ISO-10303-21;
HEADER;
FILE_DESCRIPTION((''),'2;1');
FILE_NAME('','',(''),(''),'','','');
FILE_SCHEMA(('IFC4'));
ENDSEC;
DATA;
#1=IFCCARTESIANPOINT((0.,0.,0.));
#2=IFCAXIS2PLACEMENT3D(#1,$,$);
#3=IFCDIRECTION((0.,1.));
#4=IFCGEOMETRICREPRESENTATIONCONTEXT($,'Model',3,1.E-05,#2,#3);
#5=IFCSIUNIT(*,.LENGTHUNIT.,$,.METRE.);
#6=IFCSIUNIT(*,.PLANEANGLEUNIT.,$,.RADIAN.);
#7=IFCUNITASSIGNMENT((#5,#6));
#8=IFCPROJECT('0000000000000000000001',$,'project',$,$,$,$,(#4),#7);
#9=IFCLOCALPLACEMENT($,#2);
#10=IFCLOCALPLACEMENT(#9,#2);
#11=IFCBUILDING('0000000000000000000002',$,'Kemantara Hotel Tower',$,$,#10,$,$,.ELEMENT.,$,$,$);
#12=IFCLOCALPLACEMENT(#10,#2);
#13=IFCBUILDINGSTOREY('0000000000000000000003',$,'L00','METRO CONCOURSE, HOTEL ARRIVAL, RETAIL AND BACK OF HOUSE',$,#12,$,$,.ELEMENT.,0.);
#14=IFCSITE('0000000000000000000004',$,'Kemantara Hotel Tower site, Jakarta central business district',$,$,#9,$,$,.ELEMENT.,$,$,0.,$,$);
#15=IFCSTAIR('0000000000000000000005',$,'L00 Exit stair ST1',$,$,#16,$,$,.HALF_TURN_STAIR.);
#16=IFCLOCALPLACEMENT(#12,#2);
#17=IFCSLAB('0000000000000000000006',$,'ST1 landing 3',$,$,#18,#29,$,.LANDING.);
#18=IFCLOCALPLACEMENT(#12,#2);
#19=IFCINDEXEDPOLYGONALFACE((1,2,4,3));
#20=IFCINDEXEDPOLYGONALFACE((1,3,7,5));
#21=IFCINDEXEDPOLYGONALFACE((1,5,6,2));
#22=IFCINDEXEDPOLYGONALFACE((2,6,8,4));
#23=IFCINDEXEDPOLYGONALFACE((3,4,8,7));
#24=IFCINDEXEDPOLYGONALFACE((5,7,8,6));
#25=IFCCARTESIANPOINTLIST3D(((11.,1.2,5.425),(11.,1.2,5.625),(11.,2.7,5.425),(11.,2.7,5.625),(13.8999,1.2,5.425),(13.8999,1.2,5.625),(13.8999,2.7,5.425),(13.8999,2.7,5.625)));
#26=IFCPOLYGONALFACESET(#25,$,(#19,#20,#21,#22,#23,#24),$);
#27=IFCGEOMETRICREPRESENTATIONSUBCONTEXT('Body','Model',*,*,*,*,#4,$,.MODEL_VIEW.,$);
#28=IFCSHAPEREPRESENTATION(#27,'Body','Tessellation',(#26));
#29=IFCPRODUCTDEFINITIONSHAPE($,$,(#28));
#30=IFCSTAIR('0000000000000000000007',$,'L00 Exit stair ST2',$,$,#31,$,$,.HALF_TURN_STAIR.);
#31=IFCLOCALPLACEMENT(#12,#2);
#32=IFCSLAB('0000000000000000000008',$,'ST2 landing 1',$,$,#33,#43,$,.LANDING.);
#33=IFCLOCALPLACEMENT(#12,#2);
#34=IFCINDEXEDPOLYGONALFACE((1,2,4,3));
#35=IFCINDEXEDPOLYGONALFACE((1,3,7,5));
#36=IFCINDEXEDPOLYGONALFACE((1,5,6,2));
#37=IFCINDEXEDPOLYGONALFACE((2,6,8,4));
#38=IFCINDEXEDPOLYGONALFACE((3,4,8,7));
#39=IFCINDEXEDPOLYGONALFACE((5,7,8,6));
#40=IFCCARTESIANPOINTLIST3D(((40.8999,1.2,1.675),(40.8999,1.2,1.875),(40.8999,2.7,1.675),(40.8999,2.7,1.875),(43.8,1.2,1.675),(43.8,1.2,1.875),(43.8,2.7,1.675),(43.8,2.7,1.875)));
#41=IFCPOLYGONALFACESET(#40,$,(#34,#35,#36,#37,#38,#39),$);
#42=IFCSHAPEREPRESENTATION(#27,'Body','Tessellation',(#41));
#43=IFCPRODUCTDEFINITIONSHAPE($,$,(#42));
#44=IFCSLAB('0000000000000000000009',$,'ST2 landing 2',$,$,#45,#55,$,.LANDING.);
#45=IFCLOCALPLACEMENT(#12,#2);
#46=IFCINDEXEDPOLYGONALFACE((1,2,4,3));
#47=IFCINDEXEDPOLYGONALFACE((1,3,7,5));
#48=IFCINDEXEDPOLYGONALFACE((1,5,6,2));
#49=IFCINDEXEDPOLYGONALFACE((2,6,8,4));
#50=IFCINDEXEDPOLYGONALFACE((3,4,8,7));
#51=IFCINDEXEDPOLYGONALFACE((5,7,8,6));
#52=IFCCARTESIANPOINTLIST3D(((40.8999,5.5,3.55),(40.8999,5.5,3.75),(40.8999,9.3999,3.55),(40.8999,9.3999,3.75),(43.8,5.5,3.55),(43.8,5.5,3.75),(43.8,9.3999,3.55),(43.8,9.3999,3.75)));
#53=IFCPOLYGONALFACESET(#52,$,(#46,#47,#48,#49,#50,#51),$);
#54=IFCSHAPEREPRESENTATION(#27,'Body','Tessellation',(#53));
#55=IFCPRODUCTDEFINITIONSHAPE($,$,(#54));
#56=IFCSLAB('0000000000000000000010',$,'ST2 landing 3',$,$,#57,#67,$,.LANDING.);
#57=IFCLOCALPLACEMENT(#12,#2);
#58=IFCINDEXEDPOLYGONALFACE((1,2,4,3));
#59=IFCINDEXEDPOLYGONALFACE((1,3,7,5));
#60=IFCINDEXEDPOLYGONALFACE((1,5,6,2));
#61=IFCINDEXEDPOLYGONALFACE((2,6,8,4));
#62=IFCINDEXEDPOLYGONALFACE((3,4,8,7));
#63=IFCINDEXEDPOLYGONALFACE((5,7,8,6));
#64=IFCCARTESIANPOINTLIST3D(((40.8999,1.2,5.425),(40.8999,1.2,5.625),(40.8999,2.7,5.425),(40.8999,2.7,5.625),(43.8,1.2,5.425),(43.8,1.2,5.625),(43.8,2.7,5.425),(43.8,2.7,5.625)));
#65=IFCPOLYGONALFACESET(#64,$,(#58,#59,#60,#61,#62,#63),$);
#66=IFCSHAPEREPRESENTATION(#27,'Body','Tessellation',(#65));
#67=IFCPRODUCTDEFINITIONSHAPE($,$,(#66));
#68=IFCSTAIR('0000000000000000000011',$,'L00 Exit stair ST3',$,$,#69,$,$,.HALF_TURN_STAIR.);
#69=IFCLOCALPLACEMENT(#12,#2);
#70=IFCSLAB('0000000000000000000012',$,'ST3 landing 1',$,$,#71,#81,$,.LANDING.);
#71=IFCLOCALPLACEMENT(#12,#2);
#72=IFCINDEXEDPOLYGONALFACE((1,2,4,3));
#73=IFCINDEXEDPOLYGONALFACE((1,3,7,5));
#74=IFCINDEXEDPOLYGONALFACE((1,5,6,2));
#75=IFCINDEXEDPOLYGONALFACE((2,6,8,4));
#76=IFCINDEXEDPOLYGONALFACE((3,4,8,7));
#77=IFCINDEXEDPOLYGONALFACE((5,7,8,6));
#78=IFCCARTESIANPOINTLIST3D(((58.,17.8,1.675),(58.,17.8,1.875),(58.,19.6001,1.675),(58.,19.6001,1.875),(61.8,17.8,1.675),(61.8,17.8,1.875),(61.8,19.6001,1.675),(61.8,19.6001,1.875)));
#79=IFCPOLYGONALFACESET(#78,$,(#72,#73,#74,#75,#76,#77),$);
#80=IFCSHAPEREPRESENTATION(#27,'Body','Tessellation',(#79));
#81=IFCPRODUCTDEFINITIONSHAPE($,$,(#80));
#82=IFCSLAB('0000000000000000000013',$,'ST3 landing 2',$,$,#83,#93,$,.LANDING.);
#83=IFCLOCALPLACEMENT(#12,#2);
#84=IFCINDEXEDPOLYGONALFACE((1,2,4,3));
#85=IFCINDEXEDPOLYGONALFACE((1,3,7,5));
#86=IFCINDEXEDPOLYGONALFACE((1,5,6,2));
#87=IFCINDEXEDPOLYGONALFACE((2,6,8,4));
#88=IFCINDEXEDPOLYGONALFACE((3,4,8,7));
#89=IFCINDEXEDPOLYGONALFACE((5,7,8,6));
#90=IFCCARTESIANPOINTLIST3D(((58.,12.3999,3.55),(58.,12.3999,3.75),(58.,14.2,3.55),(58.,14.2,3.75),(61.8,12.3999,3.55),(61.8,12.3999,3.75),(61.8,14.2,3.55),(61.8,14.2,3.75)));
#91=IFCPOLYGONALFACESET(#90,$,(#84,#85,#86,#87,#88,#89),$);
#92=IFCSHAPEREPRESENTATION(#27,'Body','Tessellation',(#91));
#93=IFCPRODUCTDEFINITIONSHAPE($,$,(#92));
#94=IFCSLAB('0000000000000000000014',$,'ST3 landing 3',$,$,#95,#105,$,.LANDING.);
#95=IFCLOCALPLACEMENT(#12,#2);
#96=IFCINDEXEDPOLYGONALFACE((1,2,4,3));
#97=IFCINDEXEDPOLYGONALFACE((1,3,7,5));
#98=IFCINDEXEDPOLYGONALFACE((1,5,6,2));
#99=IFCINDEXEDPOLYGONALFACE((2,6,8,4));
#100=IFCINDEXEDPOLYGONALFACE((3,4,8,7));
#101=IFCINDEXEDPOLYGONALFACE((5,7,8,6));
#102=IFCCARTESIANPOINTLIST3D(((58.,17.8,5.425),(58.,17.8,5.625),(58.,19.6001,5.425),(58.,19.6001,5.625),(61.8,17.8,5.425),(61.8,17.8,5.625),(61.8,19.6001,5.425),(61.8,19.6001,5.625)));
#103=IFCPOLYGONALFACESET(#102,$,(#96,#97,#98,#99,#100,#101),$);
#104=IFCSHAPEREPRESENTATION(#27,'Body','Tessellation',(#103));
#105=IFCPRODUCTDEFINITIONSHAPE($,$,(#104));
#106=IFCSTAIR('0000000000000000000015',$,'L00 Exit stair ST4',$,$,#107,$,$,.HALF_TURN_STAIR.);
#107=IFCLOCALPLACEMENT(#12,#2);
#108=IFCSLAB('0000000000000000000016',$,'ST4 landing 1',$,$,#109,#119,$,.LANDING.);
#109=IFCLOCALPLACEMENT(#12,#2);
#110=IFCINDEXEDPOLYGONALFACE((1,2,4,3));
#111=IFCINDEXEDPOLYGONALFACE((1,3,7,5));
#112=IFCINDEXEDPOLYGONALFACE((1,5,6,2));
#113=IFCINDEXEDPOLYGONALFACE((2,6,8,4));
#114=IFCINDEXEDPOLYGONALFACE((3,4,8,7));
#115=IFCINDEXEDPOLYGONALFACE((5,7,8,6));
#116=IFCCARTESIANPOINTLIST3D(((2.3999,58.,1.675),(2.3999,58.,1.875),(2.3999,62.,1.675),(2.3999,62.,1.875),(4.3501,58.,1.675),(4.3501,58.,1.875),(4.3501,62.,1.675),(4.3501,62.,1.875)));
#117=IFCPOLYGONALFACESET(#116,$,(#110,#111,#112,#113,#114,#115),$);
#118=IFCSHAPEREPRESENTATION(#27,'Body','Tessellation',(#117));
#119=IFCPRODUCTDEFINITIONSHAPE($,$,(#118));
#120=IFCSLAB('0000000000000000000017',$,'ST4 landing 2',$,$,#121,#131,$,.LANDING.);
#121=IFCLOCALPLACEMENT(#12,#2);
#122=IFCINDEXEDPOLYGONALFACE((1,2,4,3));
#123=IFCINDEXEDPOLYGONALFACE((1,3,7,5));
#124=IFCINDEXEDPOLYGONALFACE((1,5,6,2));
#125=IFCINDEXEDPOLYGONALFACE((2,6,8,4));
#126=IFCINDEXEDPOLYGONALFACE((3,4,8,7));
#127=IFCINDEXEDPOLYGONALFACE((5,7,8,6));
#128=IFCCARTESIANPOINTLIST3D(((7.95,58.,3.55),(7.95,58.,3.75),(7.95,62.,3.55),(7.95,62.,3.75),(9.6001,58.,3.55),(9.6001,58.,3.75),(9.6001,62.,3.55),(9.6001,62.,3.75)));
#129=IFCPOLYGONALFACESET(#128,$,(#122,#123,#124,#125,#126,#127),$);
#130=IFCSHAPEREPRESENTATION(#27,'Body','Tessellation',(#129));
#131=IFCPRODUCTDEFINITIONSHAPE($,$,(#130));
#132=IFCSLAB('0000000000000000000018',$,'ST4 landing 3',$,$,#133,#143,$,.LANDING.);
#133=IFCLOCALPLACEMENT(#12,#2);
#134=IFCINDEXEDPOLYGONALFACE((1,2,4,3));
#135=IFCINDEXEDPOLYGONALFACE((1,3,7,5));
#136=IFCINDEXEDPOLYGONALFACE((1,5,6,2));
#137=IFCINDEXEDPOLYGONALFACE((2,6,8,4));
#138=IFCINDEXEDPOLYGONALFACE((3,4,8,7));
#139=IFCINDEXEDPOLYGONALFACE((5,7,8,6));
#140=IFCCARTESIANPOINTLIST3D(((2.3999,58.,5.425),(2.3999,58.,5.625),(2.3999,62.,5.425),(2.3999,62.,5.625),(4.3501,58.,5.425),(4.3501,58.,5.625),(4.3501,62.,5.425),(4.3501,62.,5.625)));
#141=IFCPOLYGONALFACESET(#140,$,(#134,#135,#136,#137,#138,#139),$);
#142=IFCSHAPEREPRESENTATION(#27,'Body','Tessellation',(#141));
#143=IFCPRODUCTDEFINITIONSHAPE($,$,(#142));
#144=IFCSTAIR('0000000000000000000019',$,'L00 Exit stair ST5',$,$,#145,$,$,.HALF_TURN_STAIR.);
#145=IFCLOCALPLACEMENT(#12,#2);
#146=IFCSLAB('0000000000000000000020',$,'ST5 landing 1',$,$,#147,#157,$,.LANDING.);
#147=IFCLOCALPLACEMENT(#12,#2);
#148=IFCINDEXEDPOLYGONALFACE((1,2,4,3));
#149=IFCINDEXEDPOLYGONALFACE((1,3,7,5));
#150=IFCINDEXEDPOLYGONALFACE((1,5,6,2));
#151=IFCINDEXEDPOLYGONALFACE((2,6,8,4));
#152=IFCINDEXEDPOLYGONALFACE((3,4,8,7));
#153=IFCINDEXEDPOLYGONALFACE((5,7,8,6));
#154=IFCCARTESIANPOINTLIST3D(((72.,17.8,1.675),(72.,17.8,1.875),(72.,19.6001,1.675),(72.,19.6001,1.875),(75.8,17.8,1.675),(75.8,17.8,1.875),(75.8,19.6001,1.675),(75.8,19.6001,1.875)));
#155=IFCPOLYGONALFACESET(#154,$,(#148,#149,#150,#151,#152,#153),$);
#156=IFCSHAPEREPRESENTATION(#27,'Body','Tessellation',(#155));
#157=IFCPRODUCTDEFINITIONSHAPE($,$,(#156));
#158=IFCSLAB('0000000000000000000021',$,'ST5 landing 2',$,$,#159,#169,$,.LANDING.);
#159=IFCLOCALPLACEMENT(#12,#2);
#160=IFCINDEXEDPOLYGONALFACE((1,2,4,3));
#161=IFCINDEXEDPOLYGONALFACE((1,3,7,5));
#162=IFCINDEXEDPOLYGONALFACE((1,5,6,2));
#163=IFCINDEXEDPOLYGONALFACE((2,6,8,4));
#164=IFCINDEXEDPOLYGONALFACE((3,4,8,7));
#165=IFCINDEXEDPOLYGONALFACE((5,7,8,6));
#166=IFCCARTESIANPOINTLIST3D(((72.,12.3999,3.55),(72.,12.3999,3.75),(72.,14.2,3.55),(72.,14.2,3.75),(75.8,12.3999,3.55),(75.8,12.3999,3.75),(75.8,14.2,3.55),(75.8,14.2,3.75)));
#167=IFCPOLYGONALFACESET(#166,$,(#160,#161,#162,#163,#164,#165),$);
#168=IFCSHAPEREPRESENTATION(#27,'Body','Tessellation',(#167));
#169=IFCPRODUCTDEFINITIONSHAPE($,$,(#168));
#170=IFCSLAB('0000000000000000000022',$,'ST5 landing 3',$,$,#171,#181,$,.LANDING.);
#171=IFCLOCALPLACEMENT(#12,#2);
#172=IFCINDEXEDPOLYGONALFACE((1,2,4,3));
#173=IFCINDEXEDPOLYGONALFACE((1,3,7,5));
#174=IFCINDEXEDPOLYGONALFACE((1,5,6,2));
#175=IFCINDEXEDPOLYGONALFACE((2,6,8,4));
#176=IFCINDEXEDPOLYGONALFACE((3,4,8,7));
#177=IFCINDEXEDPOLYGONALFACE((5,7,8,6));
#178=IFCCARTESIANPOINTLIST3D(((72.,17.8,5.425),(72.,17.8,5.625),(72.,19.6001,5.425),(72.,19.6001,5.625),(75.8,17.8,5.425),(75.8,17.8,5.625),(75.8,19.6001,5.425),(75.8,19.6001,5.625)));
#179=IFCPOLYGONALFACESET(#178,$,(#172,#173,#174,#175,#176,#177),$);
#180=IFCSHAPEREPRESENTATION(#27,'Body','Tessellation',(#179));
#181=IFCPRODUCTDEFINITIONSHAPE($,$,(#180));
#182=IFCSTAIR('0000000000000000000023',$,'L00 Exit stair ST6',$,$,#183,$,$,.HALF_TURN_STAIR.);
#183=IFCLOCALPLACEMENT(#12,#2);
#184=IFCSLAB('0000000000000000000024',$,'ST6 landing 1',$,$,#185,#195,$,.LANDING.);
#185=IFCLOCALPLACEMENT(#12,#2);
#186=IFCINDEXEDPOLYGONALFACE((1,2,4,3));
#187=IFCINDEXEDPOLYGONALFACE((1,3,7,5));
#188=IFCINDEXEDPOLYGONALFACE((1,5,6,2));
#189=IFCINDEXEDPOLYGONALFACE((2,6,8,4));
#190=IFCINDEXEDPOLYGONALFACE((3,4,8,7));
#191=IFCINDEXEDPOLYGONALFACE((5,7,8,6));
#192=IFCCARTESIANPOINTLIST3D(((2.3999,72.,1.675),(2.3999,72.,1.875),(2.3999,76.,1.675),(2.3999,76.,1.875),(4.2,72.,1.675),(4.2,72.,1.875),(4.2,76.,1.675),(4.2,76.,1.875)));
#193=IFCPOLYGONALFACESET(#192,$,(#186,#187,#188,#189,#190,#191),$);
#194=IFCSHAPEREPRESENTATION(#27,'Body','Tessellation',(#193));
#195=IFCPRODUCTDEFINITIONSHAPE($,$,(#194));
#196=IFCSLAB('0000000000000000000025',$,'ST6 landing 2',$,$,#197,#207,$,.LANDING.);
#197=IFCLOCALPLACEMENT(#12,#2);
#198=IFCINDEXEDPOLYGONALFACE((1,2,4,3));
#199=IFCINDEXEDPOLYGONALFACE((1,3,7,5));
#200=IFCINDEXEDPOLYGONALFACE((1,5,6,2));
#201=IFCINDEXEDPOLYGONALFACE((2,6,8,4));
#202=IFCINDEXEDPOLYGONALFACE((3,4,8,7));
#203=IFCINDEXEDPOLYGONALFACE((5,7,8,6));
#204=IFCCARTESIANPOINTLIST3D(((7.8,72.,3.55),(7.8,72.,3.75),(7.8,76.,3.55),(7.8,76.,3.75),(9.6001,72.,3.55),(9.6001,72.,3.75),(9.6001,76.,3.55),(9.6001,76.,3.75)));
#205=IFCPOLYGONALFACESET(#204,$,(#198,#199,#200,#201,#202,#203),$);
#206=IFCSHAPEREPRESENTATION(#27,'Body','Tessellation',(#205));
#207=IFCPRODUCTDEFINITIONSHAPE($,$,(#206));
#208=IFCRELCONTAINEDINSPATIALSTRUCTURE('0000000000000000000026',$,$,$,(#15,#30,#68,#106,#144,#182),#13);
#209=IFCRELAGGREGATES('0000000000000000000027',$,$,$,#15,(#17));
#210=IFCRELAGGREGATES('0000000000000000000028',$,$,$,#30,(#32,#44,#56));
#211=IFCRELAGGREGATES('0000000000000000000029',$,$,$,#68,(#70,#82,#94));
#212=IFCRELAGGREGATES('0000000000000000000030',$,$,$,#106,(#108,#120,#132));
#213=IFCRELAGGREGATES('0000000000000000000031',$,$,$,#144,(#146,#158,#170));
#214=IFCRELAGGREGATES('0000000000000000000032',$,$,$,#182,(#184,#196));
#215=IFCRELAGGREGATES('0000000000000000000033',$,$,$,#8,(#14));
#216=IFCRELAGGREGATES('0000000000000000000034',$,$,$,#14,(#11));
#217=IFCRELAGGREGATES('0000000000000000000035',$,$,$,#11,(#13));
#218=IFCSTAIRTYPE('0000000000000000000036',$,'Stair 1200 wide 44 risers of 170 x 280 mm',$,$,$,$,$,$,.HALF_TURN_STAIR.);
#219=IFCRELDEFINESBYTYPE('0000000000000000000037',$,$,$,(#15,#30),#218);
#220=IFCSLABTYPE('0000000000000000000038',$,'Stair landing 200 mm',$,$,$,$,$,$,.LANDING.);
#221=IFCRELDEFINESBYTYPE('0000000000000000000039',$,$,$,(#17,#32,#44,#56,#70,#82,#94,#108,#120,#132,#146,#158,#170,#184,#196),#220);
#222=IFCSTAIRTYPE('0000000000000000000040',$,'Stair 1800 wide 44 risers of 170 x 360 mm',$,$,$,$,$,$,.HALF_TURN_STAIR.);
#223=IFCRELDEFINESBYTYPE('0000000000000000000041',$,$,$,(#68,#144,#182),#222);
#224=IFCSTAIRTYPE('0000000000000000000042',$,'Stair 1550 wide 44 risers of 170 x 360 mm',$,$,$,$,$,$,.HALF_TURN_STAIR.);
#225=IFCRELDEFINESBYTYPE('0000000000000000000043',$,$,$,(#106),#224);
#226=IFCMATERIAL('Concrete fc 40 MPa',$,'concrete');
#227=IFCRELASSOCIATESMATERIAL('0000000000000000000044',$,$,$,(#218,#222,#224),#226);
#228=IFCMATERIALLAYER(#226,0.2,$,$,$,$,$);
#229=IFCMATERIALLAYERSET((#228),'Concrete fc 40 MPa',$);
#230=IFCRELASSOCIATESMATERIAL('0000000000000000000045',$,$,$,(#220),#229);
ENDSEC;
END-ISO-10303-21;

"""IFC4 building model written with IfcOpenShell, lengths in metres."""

from ifc_helpers import new_model, si_unit, direction, frame, origin, place, context, subcontext, project, spatial, polyline, outline, extrude, material, layer, layer_set, type_object, element, aggregate, save


model = new_model("IFC4")

# Units and contexts
model_context = context("Model", 3, precision=1e-05, world=origin(), true_north=direction((0.0, 1.0)))
body_context = subcontext(model_context, "Body", "Model", "MODEL_VIEW")
ifc_project = project(units=[si_unit("LENGTHUNIT", "METRE"), si_unit("PLANEANGLEUNIT", "RADIAN")], contexts=[model_context])

# Site, building, storey
site_placement = place(None, origin())
site = spatial("IfcSite", under=ifc_project, at=site_placement, Name="Kemantara Hotel Tower site, Jakarta central business district", CompositionType="ELEMENT", RefElevation=0.0)
building_placement = place(site_placement, origin())
building = spatial("IfcBuilding", under=site, at=building_placement, Name="Kemantara Hotel Tower", CompositionType="ELEMENT")
storey_placement = place(building_placement, origin())
storey = spatial("IfcBuildingStorey", under=building, at=storey_placement, Name="L00", Description="METRO CONCOURSE, HOTEL ARRIVAL, RETAIL AND BACK OF HOUSE", CompositionType="ELEMENT", Elevation=0.0)

# Shared definitions
ifc_material_1 = material(Name="Concrete fc 40 MPa", Category="concrete")

# Stairs, slabs
stair_type_1 = type_object("IfcStairType", Name="Stair 1200 wide 44 risers of 170 x 280 mm", PredefinedType="HALF_TURN_STAIR", material=ifc_material_1)
stair_1_placement = place(storey_placement, origin())
stair_1 = element("IfcStair", 1, at=stair_1_placement, inside=storey, type_object=stair_type_1, Name="L00 Exit stair ST1", PredefinedType="HALF_TURN_STAIR")
ifc_layer_1 = layer(ifc_material_1, 0.2)
ifc_layer_set_1 = layer_set([ifc_layer_1], Name="Concrete fc 40 MPa")
slab_type_1 = type_object("IfcSlabType", Name="Stair landing 200 mm", PredefinedType="LANDING", material=ifc_layer_set_1)
slab_1_placement = place(storey_placement, frame((0.0, 0.0, 5.425)))
slab_1 = element("IfcSlab", 2, at=slab_1_placement, type_object=slab_type_1, Name="ST1 landing 3", PredefinedType="LANDING", context=body_context, shape_type="SweptSolid", body=[
    extrude(outline(polyline([(11.0, 2.7), (11.0, 1.2), (13.8999, 1.2), (13.8999, 2.7), (11.0, 2.7)])), origin(), (0.0, 0.0, 1.0), 0.2),
])
aggregate(stair_1, [slab_1])
stair_2_placement = place(storey_placement, origin())
stair_2 = element("IfcStair", 3, at=stair_2_placement, inside=storey, type_object=stair_type_1, Name="L00 Exit stair ST2", PredefinedType="HALF_TURN_STAIR")
slab_2_placement = place(storey_placement, frame((0.0, 0.0, 1.675)))
slab_2 = element("IfcSlab", 4, at=slab_2_placement, type_object=slab_type_1, Name="ST2 landing 1", PredefinedType="LANDING", context=body_context, shape_type="SweptSolid", body=[
    extrude(outline(polyline([(40.8999, 2.7), (40.8999, 1.2), (43.8, 1.2), (43.8, 2.7), (40.8999, 2.7)])), origin(), (0.0, 0.0, 1.0), 0.2),
])
slab_3_placement = place(storey_placement, frame((0.0, 0.0, 3.55)))
slab_3 = element("IfcSlab", 5, at=slab_3_placement, type_object=slab_type_1, Name="ST2 landing 2", PredefinedType="LANDING", context=body_context, shape_type="SweptSolid", body=[
    extrude(outline(polyline([(40.8999, 9.3999), (40.8999, 5.5), (43.8, 5.5), (43.8, 9.3999), (40.8999, 9.3999)])), origin(), (0.0, 0.0, 1.0), 0.2),
])
slab_4_placement = place(storey_placement, frame((0.0, 0.0, 5.425)))
slab_4 = element("IfcSlab", 6, at=slab_4_placement, type_object=slab_type_1, Name="ST2 landing 3", PredefinedType="LANDING", context=body_context, shape_type="SweptSolid", body=[
    extrude(outline(polyline([(40.8999, 2.7), (40.8999, 1.2), (43.8, 1.2), (43.8, 2.7), (40.8999, 2.7)])), origin(), (0.0, 0.0, 1.0), 0.2),
])
aggregate(stair_2, [slab_2, slab_3, slab_4])
stair_type_2 = type_object("IfcStairType", Name="Stair 1800 wide 44 risers of 170 x 360 mm", PredefinedType="HALF_TURN_STAIR", material=ifc_material_1)
stair_3_placement = place(storey_placement, origin())
stair_3 = element("IfcStair", 7, at=stair_3_placement, inside=storey, type_object=stair_type_2, Name="L00 Exit stair ST3", PredefinedType="HALF_TURN_STAIR")
slab_5_placement = place(storey_placement, frame((0.0, 0.0, 1.675)))
slab_5 = element("IfcSlab", 8, at=slab_5_placement, type_object=slab_type_1, Name="ST3 landing 1", PredefinedType="LANDING", context=body_context, shape_type="SweptSolid", body=[
    extrude(outline(polyline([(61.8, 17.8), (61.8, 19.6001), (58.0, 19.6001), (58.0, 17.8), (61.8, 17.8)])), origin(), (0.0, 0.0, 1.0), 0.2),
])
slab_6_placement = place(storey_placement, frame((0.0, 0.0, 3.55)))
slab_6 = element("IfcSlab", 9, at=slab_6_placement, type_object=slab_type_1, Name="ST3 landing 2", PredefinedType="LANDING", context=body_context, shape_type="SweptSolid", body=[
    extrude(outline(polyline([(61.8, 12.3999), (61.8, 14.2), (58.0, 14.2), (58.0, 12.3999), (61.8, 12.3999)])), origin(), (0.0, 0.0, 1.0), 0.2),
])
slab_7_placement = place(storey_placement, frame((0.0, 0.0, 5.425)))
slab_7 = element("IfcSlab", 10, at=slab_7_placement, type_object=slab_type_1, Name="ST3 landing 3", PredefinedType="LANDING", context=body_context, shape_type="SweptSolid", body=[
    extrude(outline(polyline([(61.8, 17.8), (61.8, 19.6001), (58.0, 19.6001), (58.0, 17.8), (61.8, 17.8)])), origin(), (0.0, 0.0, 1.0), 0.2),
])
aggregate(stair_3, [slab_5, slab_6, slab_7])
stair_type_3 = type_object("IfcStairType", Name="Stair 1550 wide 44 risers of 170 x 360 mm", PredefinedType="HALF_TURN_STAIR", material=ifc_material_1)
stair_4_placement = place(storey_placement, origin())
stair_4 = element("IfcStair", 11, at=stair_4_placement, inside=storey, type_object=stair_type_3, Name="L00 Exit stair ST4", PredefinedType="HALF_TURN_STAIR")
slab_8_placement = place(storey_placement, frame((0.0, 0.0, 1.675)))
slab_8 = element("IfcSlab", 12, at=slab_8_placement, type_object=slab_type_1, Name="ST4 landing 1", PredefinedType="LANDING", context=body_context, shape_type="SweptSolid", body=[
    extrude(outline(polyline([(4.3501, 62.0), (2.3999, 62.0), (2.3999, 58.0), (4.3501, 58.0), (4.3501, 62.0)])), origin(), (0.0, 0.0, 1.0), 0.2),
])
slab_9_placement = place(storey_placement, frame((0.0, 0.0, 3.55)))
slab_9 = element("IfcSlab", 13, at=slab_9_placement, type_object=slab_type_1, Name="ST4 landing 2", PredefinedType="LANDING", context=body_context, shape_type="SweptSolid", body=[
    extrude(outline(polyline([(9.6001, 62.0), (7.95, 62.0), (7.95, 58.0), (9.6001, 58.0), (9.6001, 62.0)])), origin(), (0.0, 0.0, 1.0), 0.2),
])
slab_10_placement = place(storey_placement, frame((0.0, 0.0, 5.425)))
slab_10 = element("IfcSlab", 14, at=slab_10_placement, type_object=slab_type_1, Name="ST4 landing 3", PredefinedType="LANDING", context=body_context, shape_type="SweptSolid", body=[
    extrude(outline(polyline([(4.3501, 62.0), (2.3999, 62.0), (2.3999, 58.0), (4.3501, 58.0), (4.3501, 62.0)])), origin(), (0.0, 0.0, 1.0), 0.2),
])
aggregate(stair_4, [slab_8, slab_9, slab_10])
stair_5_placement = place(storey_placement, origin())
stair_5 = element("IfcStair", 15, at=stair_5_placement, inside=storey, type_object=stair_type_2, Name="L00 Exit stair ST5", PredefinedType="HALF_TURN_STAIR")
slab_11_placement = place(storey_placement, frame((0.0, 0.0, 1.675)))
slab_11 = element("IfcSlab", 16, at=slab_11_placement, type_object=slab_type_1, Name="ST5 landing 1", PredefinedType="LANDING", context=body_context, shape_type="SweptSolid", body=[
    extrude(outline(polyline([(75.8, 17.8), (75.8, 19.6001), (72.0, 19.6001), (72.0, 17.8), (75.8, 17.8)])), origin(), (0.0, 0.0, 1.0), 0.2),
])
slab_12_placement = place(storey_placement, frame((0.0, 0.0, 3.55)))
slab_12 = element("IfcSlab", 17, at=slab_12_placement, type_object=slab_type_1, Name="ST5 landing 2", PredefinedType="LANDING", context=body_context, shape_type="SweptSolid", body=[
    extrude(outline(polyline([(75.8, 12.3999), (75.8, 14.2), (72.0, 14.2), (72.0, 12.3999), (75.8, 12.3999)])), origin(), (0.0, 0.0, 1.0), 0.2),
])
slab_13_placement = place(storey_placement, frame((0.0, 0.0, 5.425)))
slab_13 = element("IfcSlab", 18, at=slab_13_placement, type_object=slab_type_1, Name="ST5 landing 3", PredefinedType="LANDING", context=body_context, shape_type="SweptSolid", body=[
    extrude(outline(polyline([(75.8, 17.8), (75.8, 19.6001), (72.0, 19.6001), (72.0, 17.8), (75.8, 17.8)])), origin(), (0.0, 0.0, 1.0), 0.2),
])
aggregate(stair_5, [slab_11, slab_12, slab_13])
stair_6_placement = place(storey_placement, origin())
stair_6 = element("IfcStair", 19, at=stair_6_placement, inside=storey, type_object=stair_type_2, Name="L00 Exit stair ST6", PredefinedType="HALF_TURN_STAIR")
slab_14_placement = place(storey_placement, frame((0.0, 0.0, 1.675)))
slab_14 = element("IfcSlab", 20, at=slab_14_placement, type_object=slab_type_1, Name="ST6 landing 1", PredefinedType="LANDING", context=body_context, shape_type="SweptSolid", body=[
    extrude(outline(polyline([(4.2, 76.0), (2.3999, 76.0), (2.3999, 72.0), (4.2, 72.0), (4.2, 76.0)])), origin(), (0.0, 0.0, 1.0), 0.2),
])
slab_15_placement = place(storey_placement, frame((0.0, 0.0, 3.55)))
slab_15 = element("IfcSlab", 21, at=slab_15_placement, type_object=slab_type_1, Name="ST6 landing 2", PredefinedType="LANDING", context=body_context, shape_type="SweptSolid", body=[
    extrude(outline(polyline([(9.6001, 76.0), (7.8, 76.0), (7.8, 72.0), (9.6001, 72.0), (9.6001, 76.0)])), origin(), (0.0, 0.0, 1.0), 0.2),
])
aggregate(stair_6, [slab_14, slab_15])

save(model, "model.ifc")
